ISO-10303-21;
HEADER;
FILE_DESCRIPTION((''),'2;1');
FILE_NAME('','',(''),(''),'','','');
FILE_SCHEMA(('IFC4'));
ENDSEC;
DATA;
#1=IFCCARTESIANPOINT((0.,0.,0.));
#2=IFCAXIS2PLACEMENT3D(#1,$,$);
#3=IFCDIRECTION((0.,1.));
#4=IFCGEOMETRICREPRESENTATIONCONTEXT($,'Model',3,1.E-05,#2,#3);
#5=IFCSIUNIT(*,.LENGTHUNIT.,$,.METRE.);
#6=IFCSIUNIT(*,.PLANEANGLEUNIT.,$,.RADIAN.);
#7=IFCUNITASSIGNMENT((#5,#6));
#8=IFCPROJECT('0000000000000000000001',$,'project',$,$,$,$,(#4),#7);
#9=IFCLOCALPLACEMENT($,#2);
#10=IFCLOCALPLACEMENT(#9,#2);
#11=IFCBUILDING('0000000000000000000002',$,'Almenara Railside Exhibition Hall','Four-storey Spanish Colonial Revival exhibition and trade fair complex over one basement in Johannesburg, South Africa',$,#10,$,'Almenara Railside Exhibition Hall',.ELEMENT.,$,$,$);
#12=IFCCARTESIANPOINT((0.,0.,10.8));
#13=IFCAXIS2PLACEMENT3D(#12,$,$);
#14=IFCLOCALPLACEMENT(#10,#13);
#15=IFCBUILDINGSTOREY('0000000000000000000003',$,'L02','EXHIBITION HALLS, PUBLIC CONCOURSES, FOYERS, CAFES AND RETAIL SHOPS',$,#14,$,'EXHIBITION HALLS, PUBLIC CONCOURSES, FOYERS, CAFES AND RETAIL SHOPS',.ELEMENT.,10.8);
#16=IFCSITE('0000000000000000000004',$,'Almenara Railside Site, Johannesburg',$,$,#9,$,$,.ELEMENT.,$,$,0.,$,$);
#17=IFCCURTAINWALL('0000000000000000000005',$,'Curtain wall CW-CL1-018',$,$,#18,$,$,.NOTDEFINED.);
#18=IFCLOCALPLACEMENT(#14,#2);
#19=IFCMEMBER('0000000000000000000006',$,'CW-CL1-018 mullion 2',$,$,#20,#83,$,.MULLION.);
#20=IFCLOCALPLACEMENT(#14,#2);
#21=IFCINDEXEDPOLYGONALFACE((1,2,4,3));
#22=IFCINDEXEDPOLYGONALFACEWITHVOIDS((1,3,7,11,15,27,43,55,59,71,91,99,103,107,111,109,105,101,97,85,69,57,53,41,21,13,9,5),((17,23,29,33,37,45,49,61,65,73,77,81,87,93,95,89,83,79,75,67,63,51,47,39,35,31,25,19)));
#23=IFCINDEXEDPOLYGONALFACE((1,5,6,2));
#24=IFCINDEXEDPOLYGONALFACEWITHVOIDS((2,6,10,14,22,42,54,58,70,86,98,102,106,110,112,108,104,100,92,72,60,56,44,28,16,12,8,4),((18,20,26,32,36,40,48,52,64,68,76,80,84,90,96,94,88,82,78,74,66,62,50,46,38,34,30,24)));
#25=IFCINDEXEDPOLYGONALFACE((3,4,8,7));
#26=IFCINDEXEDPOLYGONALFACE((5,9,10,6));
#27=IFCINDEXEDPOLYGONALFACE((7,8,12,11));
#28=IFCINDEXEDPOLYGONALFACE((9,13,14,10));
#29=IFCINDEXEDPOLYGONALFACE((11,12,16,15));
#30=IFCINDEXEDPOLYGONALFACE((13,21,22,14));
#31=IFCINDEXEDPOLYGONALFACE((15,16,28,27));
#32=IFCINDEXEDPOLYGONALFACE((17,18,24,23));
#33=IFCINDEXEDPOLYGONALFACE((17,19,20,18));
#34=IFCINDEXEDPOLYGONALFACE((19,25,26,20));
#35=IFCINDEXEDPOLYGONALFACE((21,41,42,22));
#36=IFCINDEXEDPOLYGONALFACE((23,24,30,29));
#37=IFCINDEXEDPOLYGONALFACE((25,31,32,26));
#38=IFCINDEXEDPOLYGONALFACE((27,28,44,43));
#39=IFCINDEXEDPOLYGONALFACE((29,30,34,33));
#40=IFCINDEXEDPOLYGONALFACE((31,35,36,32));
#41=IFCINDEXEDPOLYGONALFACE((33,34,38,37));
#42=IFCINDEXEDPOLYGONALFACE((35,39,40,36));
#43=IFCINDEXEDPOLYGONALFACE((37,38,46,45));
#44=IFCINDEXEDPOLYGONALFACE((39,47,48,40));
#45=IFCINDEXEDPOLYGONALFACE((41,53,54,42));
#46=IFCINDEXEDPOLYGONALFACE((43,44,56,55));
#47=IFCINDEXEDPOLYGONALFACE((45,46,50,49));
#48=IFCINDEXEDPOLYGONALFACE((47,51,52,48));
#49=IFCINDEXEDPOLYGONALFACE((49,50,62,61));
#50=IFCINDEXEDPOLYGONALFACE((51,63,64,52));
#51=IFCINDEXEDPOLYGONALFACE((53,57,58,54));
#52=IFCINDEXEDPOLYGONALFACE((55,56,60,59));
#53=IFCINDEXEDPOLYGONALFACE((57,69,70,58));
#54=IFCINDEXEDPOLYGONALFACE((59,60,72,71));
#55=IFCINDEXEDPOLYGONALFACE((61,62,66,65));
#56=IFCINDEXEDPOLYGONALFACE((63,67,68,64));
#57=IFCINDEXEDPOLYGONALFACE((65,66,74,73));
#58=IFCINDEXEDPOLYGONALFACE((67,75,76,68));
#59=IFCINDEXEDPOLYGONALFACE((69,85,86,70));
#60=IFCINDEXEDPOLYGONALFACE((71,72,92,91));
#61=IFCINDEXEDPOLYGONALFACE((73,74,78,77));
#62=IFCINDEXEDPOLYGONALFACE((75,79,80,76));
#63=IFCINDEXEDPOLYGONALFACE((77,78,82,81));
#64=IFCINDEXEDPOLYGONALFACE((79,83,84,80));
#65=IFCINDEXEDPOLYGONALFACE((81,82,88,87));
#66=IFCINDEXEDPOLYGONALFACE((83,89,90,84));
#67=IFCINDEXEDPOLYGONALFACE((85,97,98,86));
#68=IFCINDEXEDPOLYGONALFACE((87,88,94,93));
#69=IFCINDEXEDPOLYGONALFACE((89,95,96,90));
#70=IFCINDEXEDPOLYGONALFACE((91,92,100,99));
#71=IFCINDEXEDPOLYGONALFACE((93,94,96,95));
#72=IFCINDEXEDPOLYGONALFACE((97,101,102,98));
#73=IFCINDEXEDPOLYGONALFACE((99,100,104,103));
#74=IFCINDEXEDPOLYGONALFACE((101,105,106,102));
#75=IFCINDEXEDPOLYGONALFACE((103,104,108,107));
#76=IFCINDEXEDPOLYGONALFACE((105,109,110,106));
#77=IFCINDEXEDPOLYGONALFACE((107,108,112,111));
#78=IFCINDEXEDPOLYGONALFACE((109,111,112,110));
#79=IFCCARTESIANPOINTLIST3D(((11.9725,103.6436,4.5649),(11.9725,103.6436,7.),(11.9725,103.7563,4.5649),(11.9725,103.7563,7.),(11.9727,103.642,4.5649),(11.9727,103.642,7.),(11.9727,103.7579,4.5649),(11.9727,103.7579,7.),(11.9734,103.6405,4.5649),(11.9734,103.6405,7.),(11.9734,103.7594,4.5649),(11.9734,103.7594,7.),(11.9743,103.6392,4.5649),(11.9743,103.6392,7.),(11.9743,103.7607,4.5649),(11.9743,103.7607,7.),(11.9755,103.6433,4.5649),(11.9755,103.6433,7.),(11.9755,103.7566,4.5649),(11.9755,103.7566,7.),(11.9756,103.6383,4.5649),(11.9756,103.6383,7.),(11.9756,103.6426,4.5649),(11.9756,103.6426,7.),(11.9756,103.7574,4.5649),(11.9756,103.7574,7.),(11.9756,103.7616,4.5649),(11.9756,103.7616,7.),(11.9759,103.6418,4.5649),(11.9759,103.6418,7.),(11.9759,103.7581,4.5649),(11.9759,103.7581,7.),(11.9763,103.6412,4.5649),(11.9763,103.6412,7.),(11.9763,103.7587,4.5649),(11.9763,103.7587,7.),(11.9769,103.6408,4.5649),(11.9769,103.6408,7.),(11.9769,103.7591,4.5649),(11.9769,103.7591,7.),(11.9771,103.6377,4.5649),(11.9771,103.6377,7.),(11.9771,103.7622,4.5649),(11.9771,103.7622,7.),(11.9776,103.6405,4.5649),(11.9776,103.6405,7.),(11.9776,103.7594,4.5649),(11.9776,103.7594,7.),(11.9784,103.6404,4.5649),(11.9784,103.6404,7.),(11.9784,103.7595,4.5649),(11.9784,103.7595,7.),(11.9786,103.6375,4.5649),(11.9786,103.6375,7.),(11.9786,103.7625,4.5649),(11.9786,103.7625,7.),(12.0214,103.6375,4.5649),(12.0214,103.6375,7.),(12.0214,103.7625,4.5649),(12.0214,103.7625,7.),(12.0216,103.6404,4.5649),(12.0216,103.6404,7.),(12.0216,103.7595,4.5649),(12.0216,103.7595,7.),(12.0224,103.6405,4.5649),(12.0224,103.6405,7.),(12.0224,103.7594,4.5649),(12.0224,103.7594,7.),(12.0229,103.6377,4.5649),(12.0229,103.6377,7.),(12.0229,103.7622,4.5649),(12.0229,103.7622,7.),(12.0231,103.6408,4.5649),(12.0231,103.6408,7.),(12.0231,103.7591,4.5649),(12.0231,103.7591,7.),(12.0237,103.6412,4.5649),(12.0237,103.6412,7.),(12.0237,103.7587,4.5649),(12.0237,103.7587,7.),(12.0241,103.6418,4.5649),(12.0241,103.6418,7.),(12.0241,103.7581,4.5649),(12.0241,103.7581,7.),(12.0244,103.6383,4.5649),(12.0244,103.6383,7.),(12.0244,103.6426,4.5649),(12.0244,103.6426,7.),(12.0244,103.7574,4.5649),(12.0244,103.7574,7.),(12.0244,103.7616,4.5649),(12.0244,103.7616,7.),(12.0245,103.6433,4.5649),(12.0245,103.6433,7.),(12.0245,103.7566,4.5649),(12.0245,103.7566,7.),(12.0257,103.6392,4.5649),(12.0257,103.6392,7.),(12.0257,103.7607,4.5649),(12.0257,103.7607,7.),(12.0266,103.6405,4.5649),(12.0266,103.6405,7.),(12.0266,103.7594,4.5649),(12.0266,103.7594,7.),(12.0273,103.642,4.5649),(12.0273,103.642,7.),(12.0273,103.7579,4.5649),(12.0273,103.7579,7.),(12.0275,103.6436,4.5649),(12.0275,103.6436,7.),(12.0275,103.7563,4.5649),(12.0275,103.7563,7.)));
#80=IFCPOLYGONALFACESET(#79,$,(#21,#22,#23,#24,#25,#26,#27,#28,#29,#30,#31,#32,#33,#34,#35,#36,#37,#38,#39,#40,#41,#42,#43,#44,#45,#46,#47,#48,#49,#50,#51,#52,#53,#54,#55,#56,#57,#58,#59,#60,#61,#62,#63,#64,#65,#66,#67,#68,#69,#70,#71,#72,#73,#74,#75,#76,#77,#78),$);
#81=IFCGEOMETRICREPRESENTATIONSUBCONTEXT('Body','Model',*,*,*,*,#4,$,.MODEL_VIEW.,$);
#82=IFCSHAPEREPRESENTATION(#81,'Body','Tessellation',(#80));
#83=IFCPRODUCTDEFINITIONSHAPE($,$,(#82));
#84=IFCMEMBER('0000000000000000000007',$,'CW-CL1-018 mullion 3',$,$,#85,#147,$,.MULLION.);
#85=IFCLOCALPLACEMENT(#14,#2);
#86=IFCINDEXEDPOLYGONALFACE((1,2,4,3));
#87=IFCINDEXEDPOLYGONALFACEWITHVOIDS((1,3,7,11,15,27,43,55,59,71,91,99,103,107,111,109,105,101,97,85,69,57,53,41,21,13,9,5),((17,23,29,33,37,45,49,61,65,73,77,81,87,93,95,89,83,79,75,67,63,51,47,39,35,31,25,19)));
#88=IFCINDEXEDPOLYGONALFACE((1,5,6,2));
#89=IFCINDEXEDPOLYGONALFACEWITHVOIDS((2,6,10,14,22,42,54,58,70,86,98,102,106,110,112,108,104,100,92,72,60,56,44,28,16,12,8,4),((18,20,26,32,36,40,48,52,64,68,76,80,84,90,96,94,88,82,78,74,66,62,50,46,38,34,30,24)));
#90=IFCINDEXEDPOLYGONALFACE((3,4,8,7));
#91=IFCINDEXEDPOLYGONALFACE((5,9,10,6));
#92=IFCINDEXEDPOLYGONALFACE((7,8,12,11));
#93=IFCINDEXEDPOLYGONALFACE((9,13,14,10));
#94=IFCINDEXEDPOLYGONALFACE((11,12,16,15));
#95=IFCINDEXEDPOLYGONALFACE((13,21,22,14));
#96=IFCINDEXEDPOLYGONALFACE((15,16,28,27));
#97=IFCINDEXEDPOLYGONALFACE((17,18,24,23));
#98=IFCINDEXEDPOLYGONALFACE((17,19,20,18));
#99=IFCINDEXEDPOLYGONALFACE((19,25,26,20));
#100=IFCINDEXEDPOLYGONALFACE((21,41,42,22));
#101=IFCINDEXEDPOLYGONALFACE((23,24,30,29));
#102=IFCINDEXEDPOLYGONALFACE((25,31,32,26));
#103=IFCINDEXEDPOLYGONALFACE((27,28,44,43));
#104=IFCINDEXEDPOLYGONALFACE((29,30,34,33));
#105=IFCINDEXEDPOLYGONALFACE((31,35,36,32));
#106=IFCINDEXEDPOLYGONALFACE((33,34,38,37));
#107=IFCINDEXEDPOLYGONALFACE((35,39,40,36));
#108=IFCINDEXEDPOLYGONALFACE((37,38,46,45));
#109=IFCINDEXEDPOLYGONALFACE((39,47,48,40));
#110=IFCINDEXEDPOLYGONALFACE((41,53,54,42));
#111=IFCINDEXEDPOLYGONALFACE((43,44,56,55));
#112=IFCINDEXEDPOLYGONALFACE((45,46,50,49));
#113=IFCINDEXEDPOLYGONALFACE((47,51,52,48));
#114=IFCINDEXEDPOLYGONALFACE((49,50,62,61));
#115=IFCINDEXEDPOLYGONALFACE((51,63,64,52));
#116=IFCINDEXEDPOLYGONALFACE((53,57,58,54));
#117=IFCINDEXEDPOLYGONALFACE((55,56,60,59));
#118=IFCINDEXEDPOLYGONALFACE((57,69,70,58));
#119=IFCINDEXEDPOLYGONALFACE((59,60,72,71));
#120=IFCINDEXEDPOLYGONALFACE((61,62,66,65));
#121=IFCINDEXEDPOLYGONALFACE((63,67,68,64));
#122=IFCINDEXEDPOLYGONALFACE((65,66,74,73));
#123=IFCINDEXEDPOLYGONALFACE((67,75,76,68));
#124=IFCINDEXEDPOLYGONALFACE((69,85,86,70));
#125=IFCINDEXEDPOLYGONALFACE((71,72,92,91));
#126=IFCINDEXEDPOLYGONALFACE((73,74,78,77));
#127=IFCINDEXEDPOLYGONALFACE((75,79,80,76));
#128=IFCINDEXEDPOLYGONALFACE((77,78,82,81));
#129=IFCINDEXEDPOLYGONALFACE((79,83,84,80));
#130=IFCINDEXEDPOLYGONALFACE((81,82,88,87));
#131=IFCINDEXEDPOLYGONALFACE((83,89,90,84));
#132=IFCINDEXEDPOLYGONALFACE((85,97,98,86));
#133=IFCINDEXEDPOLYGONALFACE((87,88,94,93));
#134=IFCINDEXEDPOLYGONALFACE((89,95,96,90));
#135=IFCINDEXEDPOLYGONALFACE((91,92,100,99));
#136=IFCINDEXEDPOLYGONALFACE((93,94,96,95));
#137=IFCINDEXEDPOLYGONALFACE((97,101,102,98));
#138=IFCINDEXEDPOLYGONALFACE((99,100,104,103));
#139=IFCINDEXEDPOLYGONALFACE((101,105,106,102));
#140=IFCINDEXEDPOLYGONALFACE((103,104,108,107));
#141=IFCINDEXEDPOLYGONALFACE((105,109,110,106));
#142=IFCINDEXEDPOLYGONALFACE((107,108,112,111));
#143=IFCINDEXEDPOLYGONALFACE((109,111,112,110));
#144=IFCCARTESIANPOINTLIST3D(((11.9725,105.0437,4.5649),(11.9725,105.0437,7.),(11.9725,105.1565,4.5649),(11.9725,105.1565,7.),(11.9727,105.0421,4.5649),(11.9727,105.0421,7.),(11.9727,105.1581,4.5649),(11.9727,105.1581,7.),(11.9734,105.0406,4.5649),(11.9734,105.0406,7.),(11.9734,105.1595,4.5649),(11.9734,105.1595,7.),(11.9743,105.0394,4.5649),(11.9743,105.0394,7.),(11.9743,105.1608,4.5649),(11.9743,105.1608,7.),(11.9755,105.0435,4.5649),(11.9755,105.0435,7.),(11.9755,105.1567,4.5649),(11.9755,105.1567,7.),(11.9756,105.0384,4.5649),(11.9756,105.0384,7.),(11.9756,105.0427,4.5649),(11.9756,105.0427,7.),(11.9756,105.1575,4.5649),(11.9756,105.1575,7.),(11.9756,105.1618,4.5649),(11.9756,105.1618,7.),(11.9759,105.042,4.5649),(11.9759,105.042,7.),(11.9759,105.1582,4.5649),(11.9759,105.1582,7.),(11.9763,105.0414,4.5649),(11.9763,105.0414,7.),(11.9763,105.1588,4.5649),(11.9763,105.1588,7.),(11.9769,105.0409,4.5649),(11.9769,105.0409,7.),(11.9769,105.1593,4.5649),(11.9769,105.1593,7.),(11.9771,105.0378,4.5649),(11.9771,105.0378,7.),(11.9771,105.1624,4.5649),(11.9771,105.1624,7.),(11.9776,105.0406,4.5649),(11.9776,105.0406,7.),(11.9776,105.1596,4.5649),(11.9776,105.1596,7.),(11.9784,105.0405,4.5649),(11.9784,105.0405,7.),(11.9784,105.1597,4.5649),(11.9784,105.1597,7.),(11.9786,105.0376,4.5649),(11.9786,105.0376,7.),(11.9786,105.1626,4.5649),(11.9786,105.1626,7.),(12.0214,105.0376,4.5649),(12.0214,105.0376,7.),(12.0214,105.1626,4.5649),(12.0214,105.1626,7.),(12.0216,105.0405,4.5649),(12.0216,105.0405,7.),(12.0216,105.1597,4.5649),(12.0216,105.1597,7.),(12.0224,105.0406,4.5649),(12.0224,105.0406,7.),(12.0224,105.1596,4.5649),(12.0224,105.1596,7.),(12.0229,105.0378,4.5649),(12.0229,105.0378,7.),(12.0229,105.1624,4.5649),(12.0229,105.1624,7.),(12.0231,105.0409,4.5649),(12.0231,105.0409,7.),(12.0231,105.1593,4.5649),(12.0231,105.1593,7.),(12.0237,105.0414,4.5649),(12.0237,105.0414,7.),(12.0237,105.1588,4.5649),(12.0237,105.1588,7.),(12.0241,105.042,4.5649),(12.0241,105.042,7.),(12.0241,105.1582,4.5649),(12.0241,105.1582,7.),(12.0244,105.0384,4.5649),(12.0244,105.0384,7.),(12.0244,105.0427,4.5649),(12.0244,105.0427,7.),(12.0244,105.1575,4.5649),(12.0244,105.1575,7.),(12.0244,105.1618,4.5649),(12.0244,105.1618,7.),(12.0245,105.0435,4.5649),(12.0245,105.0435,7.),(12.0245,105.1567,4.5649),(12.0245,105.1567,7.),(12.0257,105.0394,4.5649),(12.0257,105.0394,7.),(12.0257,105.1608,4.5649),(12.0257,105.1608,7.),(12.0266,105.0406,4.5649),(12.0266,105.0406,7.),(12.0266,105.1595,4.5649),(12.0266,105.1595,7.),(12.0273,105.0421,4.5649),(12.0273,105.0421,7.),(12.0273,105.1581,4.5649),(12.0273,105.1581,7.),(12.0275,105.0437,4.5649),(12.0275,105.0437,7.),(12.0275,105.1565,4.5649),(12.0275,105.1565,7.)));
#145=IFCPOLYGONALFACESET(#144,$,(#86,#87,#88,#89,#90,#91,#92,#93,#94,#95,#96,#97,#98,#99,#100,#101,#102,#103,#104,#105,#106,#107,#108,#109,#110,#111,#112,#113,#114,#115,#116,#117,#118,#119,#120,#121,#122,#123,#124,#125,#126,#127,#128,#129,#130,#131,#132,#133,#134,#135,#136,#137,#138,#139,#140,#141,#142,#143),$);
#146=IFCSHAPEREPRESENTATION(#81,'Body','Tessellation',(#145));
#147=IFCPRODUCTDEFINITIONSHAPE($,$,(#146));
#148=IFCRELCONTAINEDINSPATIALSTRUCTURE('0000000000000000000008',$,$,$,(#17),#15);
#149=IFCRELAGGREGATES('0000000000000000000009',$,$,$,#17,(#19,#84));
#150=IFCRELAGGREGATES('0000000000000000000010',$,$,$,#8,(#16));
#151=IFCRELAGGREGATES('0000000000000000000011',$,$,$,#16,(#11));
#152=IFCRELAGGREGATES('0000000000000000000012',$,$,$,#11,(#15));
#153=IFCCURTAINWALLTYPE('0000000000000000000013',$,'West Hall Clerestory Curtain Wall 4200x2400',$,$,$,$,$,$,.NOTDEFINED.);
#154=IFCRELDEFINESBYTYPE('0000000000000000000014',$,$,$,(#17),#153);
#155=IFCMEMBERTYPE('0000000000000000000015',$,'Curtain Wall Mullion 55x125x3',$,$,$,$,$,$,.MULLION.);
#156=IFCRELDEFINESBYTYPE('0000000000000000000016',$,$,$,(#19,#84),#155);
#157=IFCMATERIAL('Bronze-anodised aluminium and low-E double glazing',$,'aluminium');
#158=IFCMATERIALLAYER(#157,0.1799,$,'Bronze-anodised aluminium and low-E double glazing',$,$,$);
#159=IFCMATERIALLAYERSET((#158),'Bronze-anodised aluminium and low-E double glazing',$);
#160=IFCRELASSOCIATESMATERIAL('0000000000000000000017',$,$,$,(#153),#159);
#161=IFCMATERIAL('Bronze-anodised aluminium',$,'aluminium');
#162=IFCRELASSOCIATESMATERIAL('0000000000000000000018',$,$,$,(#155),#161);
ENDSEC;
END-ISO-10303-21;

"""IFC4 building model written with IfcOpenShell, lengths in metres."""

from ifc_helpers import new_model, si_unit, direction, frame, origin, origin_2d, place, context, subcontext, project, spatial, hollow_rectangle, extrude, material, layer, layer_set, material_profile, profile_set, type_object, element, aggregate, save


model = new_model("IFC4")

# Units and contexts
model_context = context("Model", 3, precision=1e-05, world=origin(), true_north=direction((0.0, 1.0)))
body_context = subcontext(model_context, "Body", "Model", "MODEL_VIEW")
ifc_project = project(units=[si_unit("LENGTHUNIT", "METRE"), si_unit("PLANEANGLEUNIT", "RADIAN")], contexts=[model_context])

# Site, building, storey
site_placement = place(None, origin())
site = spatial("IfcSite", under=ifc_project, at=site_placement, Name="Almenara Railside Site, Johannesburg", CompositionType="ELEMENT", RefElevation=0.0)
building_placement = place(site_placement, origin())
building = spatial("IfcBuilding", under=site, at=building_placement, Name="Almenara Railside Exhibition Hall", Description="Four-storey Spanish Colonial Revival exhibition and trade fair complex over one basement in Johannesburg, South Africa", LongName="Almenara Railside Exhibition Hall", CompositionType="ELEMENT")
storey_placement = place(building_placement, frame((0.0, 0.0, 10.8)))
storey = spatial("IfcBuildingStorey", under=building, at=storey_placement, Name="L02", Description="EXHIBITION HALLS, PUBLIC CONCOURSES, FOYERS, CAFES AND RETAIL SHOPS", LongName="EXHIBITION HALLS, PUBLIC CONCOURSES, FOYERS, CAFES AND RETAIL SHOPS", CompositionType="ELEMENT", Elevation=10.8)

# Curtain wall, members
ifc_material_1 = material(Name="Bronze-anodised aluminium and low-E double glazing", Category="aluminium")
ifc_layer_1 = layer(ifc_material_1, 0.1799, Name="Bronze-anodised aluminium and low-E double glazing")
ifc_layer_set_1 = layer_set([ifc_layer_1], Name="Bronze-anodised aluminium and low-E double glazing")
curtain_wall_type = type_object("IfcCurtainWallType", Name="West Hall Clerestory Curtain Wall 4200x2400", PredefinedType="NOTDEFINED", material=ifc_layer_set_1)
curtain_wall_1_placement = place(storey_placement, origin())
curtain_wall_1 = element("IfcCurtainWall", 1, at=curtain_wall_1_placement, inside=storey, type_object=curtain_wall_type, Name="Curtain wall CW-CL1-018", PredefinedType="NOTDEFINED")
ifc_material_2 = material(Name="Bronze-anodised aluminium", Category="aluminium")
ifc_material_profile_1 = material_profile(ifc_material_2, hollow_rectangle(XDim=0.0549, YDim=0.125, WallThickness=0.0029, InnerFilletRadius=0.0029, OuterFilletRadius=0.0061, at=origin_2d()), Name="ALU-MUL 55x125x3")
ifc_profile_set_1 = profile_set([ifc_material_profile_1], Name="Bronze-anodised aluminium")
member_type_1 = type_object("IfcMemberType", Name="Curtain Wall Mullion 55x125x3", PredefinedType="MULLION", material=ifc_profile_set_1)
member_1_placement = place(storey_placement, frame((12.0, 103.7, 4.5649), z_axis=(0.0, 0.0, 1.0), x_axis=(-1.0, 0.0, 0.0)))
member_1 = element("IfcMember", 2, at=member_1_placement, type_object=member_type_1, Name="CW-CL1-018 mullion 2", PredefinedType="MULLION", context=body_context, shape_type="SweptSolid", body=[
    extrude(hollow_rectangle(XDim=0.0549, YDim=0.125, WallThickness=0.0029, InnerFilletRadius=0.0029, OuterFilletRadius=0.0061, at=origin_2d()), origin(), (0.0, 0.0, 1.0), 2.4351),
])
member_2_placement = place(storey_placement, frame((12.0, 105.1001, 4.5649), z_axis=(0.0, 0.0, 1.0), x_axis=(-1.0, 0.0, 0.0)))
member_2 = element("IfcMember", 3, at=member_2_placement, type_object=member_type_1, Name="CW-CL1-018 mullion 3", PredefinedType="MULLION", context=body_context, shape_type="SweptSolid", body=[
    extrude(hollow_rectangle(XDim=0.0549, YDim=0.125, WallThickness=0.0029, InnerFilletRadius=0.0029, OuterFilletRadius=0.0061, at=origin_2d()), origin(), (0.0, 0.0, 1.0), 2.4351),
])

aggregate(curtain_wall_1, [member_1, member_2])

save(model, "model.ifc")
